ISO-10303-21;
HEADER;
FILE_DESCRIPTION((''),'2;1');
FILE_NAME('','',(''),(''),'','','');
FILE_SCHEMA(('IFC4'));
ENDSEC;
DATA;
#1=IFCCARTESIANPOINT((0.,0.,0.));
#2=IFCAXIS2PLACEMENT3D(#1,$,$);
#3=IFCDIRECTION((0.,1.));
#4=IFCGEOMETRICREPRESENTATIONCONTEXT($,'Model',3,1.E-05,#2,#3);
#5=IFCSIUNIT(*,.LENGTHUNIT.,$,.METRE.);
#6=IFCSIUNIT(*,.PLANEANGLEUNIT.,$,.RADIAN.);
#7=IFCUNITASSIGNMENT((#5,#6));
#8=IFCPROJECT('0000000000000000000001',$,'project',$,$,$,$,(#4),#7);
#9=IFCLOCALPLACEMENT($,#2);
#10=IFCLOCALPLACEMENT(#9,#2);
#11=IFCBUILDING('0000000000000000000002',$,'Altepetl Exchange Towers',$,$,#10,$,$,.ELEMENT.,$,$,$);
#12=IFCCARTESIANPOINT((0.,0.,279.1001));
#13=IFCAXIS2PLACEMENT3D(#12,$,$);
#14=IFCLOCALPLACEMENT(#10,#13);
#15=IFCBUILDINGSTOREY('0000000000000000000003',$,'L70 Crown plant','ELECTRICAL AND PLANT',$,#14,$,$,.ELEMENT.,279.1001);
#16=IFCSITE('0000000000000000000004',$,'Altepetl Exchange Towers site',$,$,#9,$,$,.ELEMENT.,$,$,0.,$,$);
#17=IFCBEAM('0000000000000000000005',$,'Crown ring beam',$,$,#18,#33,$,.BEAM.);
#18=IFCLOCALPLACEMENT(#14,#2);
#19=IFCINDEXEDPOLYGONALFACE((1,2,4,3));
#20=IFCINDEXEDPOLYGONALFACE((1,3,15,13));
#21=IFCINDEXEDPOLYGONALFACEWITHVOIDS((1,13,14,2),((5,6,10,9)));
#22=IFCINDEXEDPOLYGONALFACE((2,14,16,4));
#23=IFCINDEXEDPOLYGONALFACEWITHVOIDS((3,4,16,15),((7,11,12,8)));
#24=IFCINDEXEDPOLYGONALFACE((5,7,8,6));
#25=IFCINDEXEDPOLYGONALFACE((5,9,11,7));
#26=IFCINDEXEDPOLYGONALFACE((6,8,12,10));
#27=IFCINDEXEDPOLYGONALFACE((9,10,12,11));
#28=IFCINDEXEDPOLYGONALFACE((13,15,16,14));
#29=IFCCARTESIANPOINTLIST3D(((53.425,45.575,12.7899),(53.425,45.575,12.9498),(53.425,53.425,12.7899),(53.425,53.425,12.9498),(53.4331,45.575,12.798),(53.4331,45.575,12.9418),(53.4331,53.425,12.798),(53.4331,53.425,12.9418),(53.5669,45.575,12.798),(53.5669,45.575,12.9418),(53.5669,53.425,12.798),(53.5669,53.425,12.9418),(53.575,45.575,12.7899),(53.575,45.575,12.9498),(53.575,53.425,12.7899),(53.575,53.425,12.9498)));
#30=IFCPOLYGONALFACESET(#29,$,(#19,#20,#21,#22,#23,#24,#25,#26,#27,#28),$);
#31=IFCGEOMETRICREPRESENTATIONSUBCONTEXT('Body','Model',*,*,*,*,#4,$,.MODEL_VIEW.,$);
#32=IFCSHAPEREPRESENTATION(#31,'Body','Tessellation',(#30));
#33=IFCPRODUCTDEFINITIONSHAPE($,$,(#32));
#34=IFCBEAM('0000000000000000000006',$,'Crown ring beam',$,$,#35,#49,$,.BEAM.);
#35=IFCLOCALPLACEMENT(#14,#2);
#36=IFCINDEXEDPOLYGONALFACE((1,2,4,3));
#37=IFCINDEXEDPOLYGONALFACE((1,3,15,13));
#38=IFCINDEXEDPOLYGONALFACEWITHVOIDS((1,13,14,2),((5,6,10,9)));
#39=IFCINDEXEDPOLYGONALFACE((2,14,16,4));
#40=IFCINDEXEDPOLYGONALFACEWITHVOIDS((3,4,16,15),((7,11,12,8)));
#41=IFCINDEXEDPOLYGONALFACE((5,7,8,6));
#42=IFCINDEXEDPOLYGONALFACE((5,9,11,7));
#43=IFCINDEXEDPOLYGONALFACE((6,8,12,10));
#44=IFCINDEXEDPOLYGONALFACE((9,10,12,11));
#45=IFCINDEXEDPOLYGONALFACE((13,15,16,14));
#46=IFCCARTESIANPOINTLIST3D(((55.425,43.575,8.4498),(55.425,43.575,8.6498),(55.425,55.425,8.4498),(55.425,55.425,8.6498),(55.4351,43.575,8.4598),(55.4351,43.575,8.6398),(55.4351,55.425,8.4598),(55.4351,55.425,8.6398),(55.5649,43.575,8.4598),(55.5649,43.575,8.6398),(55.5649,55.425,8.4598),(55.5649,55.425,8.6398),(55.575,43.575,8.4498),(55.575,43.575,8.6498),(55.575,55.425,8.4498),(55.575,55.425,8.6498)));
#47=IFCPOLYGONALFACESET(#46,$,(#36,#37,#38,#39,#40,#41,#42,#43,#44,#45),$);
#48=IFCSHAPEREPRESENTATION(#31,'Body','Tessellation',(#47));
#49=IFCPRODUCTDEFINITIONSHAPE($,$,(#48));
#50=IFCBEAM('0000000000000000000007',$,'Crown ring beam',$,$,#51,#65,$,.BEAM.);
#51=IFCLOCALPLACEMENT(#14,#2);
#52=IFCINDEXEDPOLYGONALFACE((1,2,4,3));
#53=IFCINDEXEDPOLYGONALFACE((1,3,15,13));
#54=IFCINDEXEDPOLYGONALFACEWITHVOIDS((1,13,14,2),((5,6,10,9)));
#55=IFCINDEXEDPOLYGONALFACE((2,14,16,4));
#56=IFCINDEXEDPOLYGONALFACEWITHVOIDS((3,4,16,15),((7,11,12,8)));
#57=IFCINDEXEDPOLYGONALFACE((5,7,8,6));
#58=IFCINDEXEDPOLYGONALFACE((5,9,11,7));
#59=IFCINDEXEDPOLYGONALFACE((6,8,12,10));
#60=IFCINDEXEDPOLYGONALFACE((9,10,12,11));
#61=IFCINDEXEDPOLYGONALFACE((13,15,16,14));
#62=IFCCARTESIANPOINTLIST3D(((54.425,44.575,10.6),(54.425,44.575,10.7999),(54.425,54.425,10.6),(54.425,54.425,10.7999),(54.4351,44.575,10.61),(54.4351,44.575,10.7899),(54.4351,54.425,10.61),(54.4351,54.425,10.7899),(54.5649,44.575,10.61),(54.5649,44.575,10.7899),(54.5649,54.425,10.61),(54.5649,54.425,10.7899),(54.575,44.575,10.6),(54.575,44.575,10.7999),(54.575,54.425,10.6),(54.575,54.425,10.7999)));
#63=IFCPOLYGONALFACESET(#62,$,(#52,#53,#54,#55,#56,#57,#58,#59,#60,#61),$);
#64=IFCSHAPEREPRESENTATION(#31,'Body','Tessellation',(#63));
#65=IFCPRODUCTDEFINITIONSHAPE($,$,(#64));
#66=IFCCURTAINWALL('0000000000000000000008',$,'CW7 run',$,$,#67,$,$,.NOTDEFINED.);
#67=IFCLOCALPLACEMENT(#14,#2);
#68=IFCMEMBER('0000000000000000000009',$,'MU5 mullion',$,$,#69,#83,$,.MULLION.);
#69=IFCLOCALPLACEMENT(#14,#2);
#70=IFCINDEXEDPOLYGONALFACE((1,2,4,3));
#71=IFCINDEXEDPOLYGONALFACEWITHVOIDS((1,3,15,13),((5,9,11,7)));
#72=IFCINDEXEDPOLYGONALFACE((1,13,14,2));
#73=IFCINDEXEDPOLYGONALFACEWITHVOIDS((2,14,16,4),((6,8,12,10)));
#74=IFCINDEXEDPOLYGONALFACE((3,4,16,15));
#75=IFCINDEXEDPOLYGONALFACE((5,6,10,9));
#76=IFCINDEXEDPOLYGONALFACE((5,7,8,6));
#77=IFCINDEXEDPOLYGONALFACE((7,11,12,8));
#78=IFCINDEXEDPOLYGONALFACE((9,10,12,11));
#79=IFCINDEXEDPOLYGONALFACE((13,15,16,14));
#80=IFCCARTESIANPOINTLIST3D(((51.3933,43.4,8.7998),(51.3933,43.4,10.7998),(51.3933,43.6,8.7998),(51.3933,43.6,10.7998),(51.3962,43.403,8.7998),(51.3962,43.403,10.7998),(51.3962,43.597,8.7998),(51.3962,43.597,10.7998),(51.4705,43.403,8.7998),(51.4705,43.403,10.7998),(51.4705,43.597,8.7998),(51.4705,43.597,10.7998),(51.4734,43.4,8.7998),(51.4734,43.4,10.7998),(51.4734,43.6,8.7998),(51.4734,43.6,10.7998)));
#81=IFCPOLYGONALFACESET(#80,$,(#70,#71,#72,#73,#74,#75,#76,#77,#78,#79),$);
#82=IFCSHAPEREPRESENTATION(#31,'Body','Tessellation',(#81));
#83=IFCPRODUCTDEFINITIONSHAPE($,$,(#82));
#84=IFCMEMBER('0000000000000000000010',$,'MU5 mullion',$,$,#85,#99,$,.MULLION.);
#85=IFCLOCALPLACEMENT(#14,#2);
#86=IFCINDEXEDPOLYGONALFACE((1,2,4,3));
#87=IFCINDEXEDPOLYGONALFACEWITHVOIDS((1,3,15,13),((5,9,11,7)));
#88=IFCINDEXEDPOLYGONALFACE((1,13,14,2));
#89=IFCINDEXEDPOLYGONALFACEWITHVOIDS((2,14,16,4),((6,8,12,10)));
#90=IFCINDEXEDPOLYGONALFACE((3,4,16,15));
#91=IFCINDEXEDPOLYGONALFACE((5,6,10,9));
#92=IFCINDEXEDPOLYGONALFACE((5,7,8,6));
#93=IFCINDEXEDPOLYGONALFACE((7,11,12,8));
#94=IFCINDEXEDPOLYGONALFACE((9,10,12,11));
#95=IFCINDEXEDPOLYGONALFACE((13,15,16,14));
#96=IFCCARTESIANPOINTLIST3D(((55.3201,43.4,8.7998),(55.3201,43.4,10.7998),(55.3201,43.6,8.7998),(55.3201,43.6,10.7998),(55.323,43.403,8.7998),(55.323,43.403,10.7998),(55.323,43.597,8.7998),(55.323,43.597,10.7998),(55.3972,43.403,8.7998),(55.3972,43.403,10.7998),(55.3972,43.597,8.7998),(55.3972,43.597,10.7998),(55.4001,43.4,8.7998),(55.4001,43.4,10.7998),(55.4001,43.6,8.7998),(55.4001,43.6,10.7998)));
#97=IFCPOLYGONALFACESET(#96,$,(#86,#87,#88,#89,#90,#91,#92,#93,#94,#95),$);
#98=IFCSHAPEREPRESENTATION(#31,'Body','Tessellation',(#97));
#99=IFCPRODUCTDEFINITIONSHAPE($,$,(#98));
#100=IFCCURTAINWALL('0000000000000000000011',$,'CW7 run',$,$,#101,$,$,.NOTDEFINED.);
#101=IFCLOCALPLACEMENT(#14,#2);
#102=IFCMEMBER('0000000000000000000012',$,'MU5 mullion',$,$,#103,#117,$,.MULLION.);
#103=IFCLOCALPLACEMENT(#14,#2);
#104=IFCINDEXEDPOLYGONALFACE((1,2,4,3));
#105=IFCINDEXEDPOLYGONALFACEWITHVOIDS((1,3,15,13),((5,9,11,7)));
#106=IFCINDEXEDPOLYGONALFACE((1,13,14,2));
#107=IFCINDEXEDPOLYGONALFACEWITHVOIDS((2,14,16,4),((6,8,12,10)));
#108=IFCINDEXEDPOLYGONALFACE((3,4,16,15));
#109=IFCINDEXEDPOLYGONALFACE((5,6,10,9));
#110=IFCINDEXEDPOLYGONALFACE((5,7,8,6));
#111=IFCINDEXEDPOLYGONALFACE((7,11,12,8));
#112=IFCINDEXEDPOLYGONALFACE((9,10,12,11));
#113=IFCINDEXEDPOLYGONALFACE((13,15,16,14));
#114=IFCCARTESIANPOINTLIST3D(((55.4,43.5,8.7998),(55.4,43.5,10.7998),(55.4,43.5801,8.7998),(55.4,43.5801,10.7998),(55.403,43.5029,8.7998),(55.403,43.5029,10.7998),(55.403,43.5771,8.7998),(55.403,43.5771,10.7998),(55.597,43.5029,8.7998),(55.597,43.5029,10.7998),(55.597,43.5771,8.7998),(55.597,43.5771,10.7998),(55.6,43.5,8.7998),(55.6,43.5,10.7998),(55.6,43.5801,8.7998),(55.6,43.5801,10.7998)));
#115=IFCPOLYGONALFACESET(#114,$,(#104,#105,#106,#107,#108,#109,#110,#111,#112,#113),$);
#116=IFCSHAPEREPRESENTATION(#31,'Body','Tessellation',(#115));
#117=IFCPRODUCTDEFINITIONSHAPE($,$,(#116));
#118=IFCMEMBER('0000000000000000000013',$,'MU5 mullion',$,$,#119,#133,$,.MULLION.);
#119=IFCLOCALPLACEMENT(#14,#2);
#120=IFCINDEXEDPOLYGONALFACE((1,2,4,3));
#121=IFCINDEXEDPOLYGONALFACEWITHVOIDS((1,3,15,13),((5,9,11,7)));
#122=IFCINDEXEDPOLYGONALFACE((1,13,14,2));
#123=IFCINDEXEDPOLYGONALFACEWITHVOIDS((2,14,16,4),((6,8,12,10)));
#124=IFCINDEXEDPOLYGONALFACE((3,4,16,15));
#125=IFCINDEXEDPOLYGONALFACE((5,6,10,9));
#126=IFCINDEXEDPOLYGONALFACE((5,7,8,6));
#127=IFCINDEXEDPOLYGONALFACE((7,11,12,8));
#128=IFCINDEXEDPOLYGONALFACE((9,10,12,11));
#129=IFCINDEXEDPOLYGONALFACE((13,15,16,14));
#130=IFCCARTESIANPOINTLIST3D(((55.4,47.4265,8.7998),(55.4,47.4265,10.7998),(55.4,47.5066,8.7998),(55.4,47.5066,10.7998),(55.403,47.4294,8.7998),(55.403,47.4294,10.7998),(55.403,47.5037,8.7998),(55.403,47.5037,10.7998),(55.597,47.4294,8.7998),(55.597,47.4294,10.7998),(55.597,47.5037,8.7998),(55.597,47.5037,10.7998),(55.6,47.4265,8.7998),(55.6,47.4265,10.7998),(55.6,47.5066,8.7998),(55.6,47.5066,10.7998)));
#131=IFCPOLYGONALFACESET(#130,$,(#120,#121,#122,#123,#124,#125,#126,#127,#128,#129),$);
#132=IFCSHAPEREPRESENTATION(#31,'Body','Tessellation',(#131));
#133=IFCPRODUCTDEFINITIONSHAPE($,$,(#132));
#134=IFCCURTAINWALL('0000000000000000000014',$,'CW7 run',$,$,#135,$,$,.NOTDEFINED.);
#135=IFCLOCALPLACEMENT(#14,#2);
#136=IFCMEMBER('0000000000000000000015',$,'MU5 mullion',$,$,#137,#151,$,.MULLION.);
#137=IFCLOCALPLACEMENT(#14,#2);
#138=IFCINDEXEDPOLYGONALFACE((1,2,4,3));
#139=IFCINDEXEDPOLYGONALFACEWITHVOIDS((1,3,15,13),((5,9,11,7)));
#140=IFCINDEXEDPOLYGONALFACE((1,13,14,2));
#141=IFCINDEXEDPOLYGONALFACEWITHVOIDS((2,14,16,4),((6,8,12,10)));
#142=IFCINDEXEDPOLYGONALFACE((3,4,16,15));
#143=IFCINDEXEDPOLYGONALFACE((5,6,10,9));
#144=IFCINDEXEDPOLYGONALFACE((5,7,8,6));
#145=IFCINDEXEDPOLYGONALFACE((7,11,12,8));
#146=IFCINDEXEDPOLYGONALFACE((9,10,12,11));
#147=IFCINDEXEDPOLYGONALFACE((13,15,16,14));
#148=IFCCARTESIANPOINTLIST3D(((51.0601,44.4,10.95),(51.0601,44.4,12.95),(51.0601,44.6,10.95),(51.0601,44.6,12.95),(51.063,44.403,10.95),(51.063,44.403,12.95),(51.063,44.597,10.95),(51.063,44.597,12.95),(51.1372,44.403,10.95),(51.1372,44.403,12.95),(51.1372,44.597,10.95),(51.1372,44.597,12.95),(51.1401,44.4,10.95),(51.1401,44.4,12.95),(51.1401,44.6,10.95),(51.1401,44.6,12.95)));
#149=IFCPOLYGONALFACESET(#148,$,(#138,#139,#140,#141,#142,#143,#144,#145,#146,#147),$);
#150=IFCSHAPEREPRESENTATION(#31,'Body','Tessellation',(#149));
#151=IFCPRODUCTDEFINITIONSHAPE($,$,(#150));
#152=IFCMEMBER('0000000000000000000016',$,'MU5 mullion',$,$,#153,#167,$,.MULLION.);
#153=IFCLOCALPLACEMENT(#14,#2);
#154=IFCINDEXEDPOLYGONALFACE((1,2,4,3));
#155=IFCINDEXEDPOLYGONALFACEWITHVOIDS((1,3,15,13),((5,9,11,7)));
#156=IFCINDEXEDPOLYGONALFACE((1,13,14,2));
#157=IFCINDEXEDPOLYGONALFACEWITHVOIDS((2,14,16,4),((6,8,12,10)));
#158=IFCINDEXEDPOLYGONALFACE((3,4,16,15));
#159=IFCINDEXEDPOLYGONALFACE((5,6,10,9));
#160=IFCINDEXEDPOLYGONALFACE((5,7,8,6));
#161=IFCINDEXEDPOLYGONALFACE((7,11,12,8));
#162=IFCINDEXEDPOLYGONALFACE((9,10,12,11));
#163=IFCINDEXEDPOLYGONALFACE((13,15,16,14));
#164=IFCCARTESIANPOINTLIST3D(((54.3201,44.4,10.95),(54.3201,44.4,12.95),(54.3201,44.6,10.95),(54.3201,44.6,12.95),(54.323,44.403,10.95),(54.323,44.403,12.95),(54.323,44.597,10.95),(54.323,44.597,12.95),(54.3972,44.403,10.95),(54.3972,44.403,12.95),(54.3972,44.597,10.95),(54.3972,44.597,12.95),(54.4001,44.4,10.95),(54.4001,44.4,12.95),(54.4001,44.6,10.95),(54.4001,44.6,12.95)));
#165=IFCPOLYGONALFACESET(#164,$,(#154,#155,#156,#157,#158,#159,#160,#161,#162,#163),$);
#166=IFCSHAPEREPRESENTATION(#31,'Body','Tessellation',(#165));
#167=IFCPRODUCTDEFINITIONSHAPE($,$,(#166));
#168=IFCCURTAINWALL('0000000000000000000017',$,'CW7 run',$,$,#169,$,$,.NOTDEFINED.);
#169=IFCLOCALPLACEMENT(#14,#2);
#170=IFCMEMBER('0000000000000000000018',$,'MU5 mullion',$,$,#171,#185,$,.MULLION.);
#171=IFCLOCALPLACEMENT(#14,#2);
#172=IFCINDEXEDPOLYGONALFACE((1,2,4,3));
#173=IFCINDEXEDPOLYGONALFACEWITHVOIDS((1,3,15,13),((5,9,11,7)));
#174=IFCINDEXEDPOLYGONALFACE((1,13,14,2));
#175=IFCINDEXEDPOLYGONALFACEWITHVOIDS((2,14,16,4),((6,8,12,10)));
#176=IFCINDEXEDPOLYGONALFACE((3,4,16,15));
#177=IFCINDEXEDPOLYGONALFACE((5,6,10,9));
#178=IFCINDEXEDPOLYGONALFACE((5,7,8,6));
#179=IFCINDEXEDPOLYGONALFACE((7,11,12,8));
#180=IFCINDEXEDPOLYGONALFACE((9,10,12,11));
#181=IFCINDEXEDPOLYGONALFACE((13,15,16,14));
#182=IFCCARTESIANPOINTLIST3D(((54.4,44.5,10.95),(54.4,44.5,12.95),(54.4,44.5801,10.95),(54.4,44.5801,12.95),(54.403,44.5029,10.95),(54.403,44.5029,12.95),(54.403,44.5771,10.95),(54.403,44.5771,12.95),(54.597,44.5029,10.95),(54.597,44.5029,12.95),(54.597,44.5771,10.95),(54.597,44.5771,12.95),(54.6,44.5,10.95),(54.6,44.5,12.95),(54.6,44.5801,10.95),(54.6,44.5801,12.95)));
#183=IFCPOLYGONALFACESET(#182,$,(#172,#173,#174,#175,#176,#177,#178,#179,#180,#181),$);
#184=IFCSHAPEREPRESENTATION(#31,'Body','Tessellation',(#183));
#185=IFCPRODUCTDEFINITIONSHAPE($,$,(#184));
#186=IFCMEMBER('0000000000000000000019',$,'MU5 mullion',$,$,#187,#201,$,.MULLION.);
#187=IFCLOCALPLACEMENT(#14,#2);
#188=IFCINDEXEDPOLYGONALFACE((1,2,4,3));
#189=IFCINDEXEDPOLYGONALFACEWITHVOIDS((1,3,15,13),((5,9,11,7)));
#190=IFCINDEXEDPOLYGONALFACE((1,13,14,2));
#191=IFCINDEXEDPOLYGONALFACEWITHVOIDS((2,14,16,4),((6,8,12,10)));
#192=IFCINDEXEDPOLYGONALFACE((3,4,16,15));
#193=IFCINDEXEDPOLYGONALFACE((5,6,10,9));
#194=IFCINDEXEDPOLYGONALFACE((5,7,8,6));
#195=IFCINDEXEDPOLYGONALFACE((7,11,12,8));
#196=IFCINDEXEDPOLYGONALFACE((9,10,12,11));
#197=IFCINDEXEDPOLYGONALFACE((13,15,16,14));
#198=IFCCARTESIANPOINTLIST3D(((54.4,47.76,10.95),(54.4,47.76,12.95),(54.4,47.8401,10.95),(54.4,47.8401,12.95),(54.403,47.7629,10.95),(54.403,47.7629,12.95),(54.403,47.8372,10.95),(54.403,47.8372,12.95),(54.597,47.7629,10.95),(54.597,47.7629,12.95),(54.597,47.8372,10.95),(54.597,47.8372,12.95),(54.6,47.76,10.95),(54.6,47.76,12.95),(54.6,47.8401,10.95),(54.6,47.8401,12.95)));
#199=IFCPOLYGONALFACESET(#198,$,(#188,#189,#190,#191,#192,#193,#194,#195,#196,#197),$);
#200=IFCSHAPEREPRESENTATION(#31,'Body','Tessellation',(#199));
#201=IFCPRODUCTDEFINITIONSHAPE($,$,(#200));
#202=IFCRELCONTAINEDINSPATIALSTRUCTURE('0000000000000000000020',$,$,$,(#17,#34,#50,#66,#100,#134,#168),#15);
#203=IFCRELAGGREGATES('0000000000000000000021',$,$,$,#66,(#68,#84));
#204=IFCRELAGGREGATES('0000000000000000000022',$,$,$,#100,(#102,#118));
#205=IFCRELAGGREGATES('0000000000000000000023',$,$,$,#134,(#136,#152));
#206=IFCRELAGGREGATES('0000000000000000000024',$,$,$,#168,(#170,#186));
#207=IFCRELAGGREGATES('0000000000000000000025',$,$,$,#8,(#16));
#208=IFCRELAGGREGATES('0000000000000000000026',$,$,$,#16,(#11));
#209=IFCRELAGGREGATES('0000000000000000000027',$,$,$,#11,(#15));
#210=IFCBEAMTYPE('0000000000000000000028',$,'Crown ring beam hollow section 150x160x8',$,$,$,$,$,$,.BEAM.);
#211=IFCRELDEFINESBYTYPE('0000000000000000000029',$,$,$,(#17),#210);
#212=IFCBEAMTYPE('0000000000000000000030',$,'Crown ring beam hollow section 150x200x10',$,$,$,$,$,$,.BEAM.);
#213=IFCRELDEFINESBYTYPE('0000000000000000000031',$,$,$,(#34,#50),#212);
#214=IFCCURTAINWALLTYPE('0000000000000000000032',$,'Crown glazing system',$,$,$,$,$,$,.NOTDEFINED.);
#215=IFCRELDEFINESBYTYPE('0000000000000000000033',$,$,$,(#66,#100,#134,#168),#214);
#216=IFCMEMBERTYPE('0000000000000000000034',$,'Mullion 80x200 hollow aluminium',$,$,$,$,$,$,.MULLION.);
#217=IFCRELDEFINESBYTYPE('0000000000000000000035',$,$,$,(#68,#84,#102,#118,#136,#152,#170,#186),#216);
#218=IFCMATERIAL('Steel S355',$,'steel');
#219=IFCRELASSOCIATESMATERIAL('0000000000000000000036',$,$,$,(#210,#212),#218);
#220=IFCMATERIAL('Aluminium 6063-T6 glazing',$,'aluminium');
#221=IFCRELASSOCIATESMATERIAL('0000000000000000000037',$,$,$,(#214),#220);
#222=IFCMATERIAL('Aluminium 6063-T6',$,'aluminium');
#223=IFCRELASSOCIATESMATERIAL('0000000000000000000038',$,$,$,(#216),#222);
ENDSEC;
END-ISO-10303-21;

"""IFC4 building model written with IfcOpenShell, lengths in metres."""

from ifc_helpers import new_model, si_unit, direction, frame, origin, origin_2d, place, context, subcontext, project, spatial, hollow_rectangle, extrude, material, material_profile, profile_set, type_object, element, aggregate, save


model = new_model("IFC4")

# Units and contexts
model_context = context("Model", 3, precision=1e-05, world=origin(), true_north=direction((0.0, 1.0)))
body_context = subcontext(model_context, "Body", "Model", "MODEL_VIEW")
ifc_project = project(units=[si_unit("LENGTHUNIT", "METRE"), si_unit("PLANEANGLEUNIT", "RADIAN")], contexts=[model_context])

# Site, building, storey
site_placement = place(None, origin())
site = spatial("IfcSite", under=ifc_project, at=site_placement, Name="Altepetl Exchange Towers site", CompositionType="ELEMENT", RefElevation=0.0)
building_placement = place(site_placement, origin())
building = spatial("IfcBuilding", under=site, at=building_placement, Name="Altepetl Exchange Towers", CompositionType="ELEMENT")
storey_placement = place(building_placement, frame((0.0, 0.0, 279.1001)))
storey = spatial("IfcBuildingStorey", under=building, at=storey_placement, Name="L70 Crown plant", Description="ELECTRICAL AND PLANT", CompositionType="ELEMENT", Elevation=279.1001)

# Beams
ifc_material_1 = material(Name="Steel S355", Category="steel")
ifc_material_profile_1 = material_profile(ifc_material_1, hollow_rectangle(XDim=0.1499, YDim=0.1599, WallThickness=0.0081, at=origin_2d()), Name="RHS 160x150x8")
ifc_profile_set_1 = profile_set([ifc_material_profile_1], Name="Steel S355")
beam_type_1 = type_object("IfcBeamType", Name="Crown ring beam hollow section 150x160x8", PredefinedType="BEAM", material=ifc_profile_set_1)
beam_1_placement = place(storey_placement, frame((53.5, 45.575, 12.8699), z_axis=(0.0, 1.0, 0.0), x_axis=(-1.0, 0.0, 0.0)))
element("IfcBeam", 1, at=beam_1_placement, inside=storey, type_object=beam_type_1, Name="Crown ring beam", PredefinedType="BEAM", context=body_context, shape_type="SweptSolid", body=[
    extrude(hollow_rectangle(XDim=0.1499, YDim=0.1599, WallThickness=0.0081, at=origin_2d()), origin(), (0.0, 0.0, 1.0), 7.8501),
])
ifc_material_profile_2 = material_profile(ifc_material_1, hollow_rectangle(XDim=0.1499, YDim=0.2, WallThickness=0.01, at=origin_2d()), Name="RHS 200x150x10")
ifc_profile_set_2 = profile_set([ifc_material_profile_2], Name="Steel S355")
beam_type_2 = type_object("IfcBeamType", Name="Crown ring beam hollow section 150x200x10", PredefinedType="BEAM", material=ifc_profile_set_2)
beam_2_placement = place(storey_placement, frame((55.5, 43.575, 8.5498), z_axis=(0.0, 1.0, 0.0), x_axis=(-1.0, 0.0, 0.0)))
element("IfcBeam", 2, at=beam_2_placement, inside=storey, type_object=beam_type_2, Name="Crown ring beam", PredefinedType="BEAM", context=body_context, shape_type="SweptSolid", body=[
    extrude(hollow_rectangle(XDim=0.1499, YDim=0.2, WallThickness=0.01, at=origin_2d()), origin(), (0.0, 0.0, 1.0), 11.8501),
])
beam_3_placement = place(storey_placement, frame((54.5, 44.575, 10.7), z_axis=(0.0, 1.0, 0.0), x_axis=(-1.0, 0.0, 0.0)))
element("IfcBeam", 3, at=beam_3_placement, inside=storey, type_object=beam_type_2, Name="Crown ring beam", PredefinedType="BEAM", context=body_context, shape_type="SweptSolid", body=[
    extrude(hollow_rectangle(XDim=0.1499, YDim=0.2, WallThickness=0.01, at=origin_2d()), origin(), (0.0, 0.0, 1.0), 9.8501),
])

# Curtain walls, members
ifc_material_2 = material(Name="Aluminium 6063-T6 glazing", Category="aluminium")
curtain_wall_type = type_object("IfcCurtainWallType", Name="Crown glazing system", PredefinedType="NOTDEFINED", material=ifc_material_2)
curtain_wall_1_placement = place(storey_placement, origin())
curtain_wall_1 = element("IfcCurtainWall", 4, at=curtain_wall_1_placement, inside=storey, type_object=curtain_wall_type, Name="CW7 run", PredefinedType="NOTDEFINED")
ifc_material_3 = material(Name="Aluminium 6063-T6", Category="aluminium")
ifc_material_profile_3 = material_profile(ifc_material_3, hollow_rectangle(XDim=0.0801, YDim=0.2, WallThickness=0.0029, at=origin_2d()), Name="Mullion 80x200 hollow aluminium")
ifc_profile_set_3 = profile_set([ifc_material_profile_3], Name="Aluminium 6063-T6")
member_type = type_object("IfcMemberType", Name="Mullion 80x200 hollow aluminium", PredefinedType="MULLION", material=ifc_profile_set_3)
member_1_placement = place(storey_placement, frame((51.4333, 43.5, 8.7998)))
member_1 = element("IfcMember", 5, at=member_1_placement, type_object=member_type, Name="MU5 mullion", PredefinedType="MULLION", context=body_context, shape_type="SweptSolid", body=[
    extrude(hollow_rectangle(XDim=0.0801, YDim=0.2, WallThickness=0.0029, at=origin_2d()), origin(), (0.0, 0.0, 1.0), 2.0),
])
member_2_placement = place(storey_placement, frame((55.3601, 43.5, 8.7998)))
member_2 = element("IfcMember", 6, at=member_2_placement, type_object=member_type, Name="MU5 mullion", PredefinedType="MULLION", context=body_context, shape_type="SweptSolid", body=[
    extrude(hollow_rectangle(XDim=0.0801, YDim=0.2, WallThickness=0.0029, at=origin_2d()), origin(), (0.0, 0.0, 1.0), 2.0),
])
curtain_wall_2_placement = place(storey_placement, origin())
curtain_wall_2 = element("IfcCurtainWall", 7, at=curtain_wall_2_placement, inside=storey, type_object=curtain_wall_type, Name="CW7 run", PredefinedType="NOTDEFINED")
member_3_placement = place(storey_placement, frame((55.5, 43.54, 8.7998), z_axis=(0.0, 0.0, 1.0), x_axis=(0.0, 1.0, 0.0)))
member_3 = element("IfcMember", 8, at=member_3_placement, type_object=member_type, Name="MU5 mullion", PredefinedType="MULLION", context=body_context, shape_type="SweptSolid", body=[
    extrude(hollow_rectangle(XDim=0.0801, YDim=0.2, WallThickness=0.0029, at=origin_2d()), origin(), (0.0, 0.0, 1.0), 2.0),
])
member_4_placement = place(storey_placement, frame((55.5, 47.4666, 8.7998), z_axis=(0.0, 0.0, 1.0), x_axis=(0.0, 1.0, 0.0)))
member_4 = element("IfcMember", 9, at=member_4_placement, type_object=member_type, Name="MU5 mullion", PredefinedType="MULLION", context=body_context, shape_type="SweptSolid", body=[
    extrude(hollow_rectangle(XDim=0.0801, YDim=0.2, WallThickness=0.0029, at=origin_2d()), origin(), (0.0, 0.0, 1.0), 2.0),
])
curtain_wall_3_placement = place(storey_placement, origin())
curtain_wall_3 = element("IfcCurtainWall", 10, at=curtain_wall_3_placement, inside=storey, type_object=curtain_wall_type, Name="CW7 run", PredefinedType="NOTDEFINED")
member_5_placement = place(storey_placement, frame((51.1001, 44.5, 10.95)))
member_5 = element("IfcMember", 11, at=member_5_placement, type_object=member_type, Name="MU5 mullion", PredefinedType="MULLION", context=body_context, shape_type="SweptSolid", body=[
    extrude(hollow_rectangle(XDim=0.0801, YDim=0.2, WallThickness=0.0029, at=origin_2d()), origin(), (0.0, 0.0, 1.0), 2.0),
])
member_6_placement = place(storey_placement, frame((54.3601, 44.5, 10.95)))
member_6 = element("IfcMember", 12, at=member_6_placement, type_object=member_type, Name="MU5 mullion", PredefinedType="MULLION", context=body_context, shape_type="SweptSolid", body=[
    extrude(hollow_rectangle(XDim=0.0801, YDim=0.2, WallThickness=0.0029, at=origin_2d()), origin(), (0.0, 0.0, 1.0), 2.0),
])
curtain_wall_4_placement = place(storey_placement, origin())
curtain_wall_4 = element("IfcCurtainWall", 13, at=curtain_wall_4_placement, inside=storey, type_object=curtain_wall_type, Name="CW7 run", PredefinedType="NOTDEFINED")
member_7_placement = place(storey_placement, frame((54.5, 44.54, 10.95), z_axis=(0.0, 0.0, 1.0), x_axis=(0.0, 1.0, 0.0)))
member_7 = element("IfcMember", 14, at=member_7_placement, type_object=member_type, Name="MU5 mullion", PredefinedType="MULLION", context=body_context, shape_type="SweptSolid", body=[
    extrude(hollow_rectangle(XDim=0.0801, YDim=0.2, WallThickness=0.0029, at=origin_2d()), origin(), (0.0, 0.0, 1.0), 2.0),
])
member_8_placement = place(storey_placement, frame((54.5, 47.8, 10.95), z_axis=(0.0, 0.0, 1.0), x_axis=(0.0, 1.0, 0.0)))
member_8 = element("IfcMember", 15, at=member_8_placement, type_object=member_type, Name="MU5 mullion", PredefinedType="MULLION", context=body_context, shape_type="SweptSolid", body=[
    extrude(hollow_rectangle(XDim=0.0801, YDim=0.2, WallThickness=0.0029, at=origin_2d()), origin(), (0.0, 0.0, 1.0), 2.0),
])

aggregate(curtain_wall_1, [member_1, member_2])
aggregate(curtain_wall_2, [member_3, member_4])
aggregate(curtain_wall_3, [member_5, member_6])
aggregate(curtain_wall_4, [member_7, member_8])

save(model, "model.ifc")
